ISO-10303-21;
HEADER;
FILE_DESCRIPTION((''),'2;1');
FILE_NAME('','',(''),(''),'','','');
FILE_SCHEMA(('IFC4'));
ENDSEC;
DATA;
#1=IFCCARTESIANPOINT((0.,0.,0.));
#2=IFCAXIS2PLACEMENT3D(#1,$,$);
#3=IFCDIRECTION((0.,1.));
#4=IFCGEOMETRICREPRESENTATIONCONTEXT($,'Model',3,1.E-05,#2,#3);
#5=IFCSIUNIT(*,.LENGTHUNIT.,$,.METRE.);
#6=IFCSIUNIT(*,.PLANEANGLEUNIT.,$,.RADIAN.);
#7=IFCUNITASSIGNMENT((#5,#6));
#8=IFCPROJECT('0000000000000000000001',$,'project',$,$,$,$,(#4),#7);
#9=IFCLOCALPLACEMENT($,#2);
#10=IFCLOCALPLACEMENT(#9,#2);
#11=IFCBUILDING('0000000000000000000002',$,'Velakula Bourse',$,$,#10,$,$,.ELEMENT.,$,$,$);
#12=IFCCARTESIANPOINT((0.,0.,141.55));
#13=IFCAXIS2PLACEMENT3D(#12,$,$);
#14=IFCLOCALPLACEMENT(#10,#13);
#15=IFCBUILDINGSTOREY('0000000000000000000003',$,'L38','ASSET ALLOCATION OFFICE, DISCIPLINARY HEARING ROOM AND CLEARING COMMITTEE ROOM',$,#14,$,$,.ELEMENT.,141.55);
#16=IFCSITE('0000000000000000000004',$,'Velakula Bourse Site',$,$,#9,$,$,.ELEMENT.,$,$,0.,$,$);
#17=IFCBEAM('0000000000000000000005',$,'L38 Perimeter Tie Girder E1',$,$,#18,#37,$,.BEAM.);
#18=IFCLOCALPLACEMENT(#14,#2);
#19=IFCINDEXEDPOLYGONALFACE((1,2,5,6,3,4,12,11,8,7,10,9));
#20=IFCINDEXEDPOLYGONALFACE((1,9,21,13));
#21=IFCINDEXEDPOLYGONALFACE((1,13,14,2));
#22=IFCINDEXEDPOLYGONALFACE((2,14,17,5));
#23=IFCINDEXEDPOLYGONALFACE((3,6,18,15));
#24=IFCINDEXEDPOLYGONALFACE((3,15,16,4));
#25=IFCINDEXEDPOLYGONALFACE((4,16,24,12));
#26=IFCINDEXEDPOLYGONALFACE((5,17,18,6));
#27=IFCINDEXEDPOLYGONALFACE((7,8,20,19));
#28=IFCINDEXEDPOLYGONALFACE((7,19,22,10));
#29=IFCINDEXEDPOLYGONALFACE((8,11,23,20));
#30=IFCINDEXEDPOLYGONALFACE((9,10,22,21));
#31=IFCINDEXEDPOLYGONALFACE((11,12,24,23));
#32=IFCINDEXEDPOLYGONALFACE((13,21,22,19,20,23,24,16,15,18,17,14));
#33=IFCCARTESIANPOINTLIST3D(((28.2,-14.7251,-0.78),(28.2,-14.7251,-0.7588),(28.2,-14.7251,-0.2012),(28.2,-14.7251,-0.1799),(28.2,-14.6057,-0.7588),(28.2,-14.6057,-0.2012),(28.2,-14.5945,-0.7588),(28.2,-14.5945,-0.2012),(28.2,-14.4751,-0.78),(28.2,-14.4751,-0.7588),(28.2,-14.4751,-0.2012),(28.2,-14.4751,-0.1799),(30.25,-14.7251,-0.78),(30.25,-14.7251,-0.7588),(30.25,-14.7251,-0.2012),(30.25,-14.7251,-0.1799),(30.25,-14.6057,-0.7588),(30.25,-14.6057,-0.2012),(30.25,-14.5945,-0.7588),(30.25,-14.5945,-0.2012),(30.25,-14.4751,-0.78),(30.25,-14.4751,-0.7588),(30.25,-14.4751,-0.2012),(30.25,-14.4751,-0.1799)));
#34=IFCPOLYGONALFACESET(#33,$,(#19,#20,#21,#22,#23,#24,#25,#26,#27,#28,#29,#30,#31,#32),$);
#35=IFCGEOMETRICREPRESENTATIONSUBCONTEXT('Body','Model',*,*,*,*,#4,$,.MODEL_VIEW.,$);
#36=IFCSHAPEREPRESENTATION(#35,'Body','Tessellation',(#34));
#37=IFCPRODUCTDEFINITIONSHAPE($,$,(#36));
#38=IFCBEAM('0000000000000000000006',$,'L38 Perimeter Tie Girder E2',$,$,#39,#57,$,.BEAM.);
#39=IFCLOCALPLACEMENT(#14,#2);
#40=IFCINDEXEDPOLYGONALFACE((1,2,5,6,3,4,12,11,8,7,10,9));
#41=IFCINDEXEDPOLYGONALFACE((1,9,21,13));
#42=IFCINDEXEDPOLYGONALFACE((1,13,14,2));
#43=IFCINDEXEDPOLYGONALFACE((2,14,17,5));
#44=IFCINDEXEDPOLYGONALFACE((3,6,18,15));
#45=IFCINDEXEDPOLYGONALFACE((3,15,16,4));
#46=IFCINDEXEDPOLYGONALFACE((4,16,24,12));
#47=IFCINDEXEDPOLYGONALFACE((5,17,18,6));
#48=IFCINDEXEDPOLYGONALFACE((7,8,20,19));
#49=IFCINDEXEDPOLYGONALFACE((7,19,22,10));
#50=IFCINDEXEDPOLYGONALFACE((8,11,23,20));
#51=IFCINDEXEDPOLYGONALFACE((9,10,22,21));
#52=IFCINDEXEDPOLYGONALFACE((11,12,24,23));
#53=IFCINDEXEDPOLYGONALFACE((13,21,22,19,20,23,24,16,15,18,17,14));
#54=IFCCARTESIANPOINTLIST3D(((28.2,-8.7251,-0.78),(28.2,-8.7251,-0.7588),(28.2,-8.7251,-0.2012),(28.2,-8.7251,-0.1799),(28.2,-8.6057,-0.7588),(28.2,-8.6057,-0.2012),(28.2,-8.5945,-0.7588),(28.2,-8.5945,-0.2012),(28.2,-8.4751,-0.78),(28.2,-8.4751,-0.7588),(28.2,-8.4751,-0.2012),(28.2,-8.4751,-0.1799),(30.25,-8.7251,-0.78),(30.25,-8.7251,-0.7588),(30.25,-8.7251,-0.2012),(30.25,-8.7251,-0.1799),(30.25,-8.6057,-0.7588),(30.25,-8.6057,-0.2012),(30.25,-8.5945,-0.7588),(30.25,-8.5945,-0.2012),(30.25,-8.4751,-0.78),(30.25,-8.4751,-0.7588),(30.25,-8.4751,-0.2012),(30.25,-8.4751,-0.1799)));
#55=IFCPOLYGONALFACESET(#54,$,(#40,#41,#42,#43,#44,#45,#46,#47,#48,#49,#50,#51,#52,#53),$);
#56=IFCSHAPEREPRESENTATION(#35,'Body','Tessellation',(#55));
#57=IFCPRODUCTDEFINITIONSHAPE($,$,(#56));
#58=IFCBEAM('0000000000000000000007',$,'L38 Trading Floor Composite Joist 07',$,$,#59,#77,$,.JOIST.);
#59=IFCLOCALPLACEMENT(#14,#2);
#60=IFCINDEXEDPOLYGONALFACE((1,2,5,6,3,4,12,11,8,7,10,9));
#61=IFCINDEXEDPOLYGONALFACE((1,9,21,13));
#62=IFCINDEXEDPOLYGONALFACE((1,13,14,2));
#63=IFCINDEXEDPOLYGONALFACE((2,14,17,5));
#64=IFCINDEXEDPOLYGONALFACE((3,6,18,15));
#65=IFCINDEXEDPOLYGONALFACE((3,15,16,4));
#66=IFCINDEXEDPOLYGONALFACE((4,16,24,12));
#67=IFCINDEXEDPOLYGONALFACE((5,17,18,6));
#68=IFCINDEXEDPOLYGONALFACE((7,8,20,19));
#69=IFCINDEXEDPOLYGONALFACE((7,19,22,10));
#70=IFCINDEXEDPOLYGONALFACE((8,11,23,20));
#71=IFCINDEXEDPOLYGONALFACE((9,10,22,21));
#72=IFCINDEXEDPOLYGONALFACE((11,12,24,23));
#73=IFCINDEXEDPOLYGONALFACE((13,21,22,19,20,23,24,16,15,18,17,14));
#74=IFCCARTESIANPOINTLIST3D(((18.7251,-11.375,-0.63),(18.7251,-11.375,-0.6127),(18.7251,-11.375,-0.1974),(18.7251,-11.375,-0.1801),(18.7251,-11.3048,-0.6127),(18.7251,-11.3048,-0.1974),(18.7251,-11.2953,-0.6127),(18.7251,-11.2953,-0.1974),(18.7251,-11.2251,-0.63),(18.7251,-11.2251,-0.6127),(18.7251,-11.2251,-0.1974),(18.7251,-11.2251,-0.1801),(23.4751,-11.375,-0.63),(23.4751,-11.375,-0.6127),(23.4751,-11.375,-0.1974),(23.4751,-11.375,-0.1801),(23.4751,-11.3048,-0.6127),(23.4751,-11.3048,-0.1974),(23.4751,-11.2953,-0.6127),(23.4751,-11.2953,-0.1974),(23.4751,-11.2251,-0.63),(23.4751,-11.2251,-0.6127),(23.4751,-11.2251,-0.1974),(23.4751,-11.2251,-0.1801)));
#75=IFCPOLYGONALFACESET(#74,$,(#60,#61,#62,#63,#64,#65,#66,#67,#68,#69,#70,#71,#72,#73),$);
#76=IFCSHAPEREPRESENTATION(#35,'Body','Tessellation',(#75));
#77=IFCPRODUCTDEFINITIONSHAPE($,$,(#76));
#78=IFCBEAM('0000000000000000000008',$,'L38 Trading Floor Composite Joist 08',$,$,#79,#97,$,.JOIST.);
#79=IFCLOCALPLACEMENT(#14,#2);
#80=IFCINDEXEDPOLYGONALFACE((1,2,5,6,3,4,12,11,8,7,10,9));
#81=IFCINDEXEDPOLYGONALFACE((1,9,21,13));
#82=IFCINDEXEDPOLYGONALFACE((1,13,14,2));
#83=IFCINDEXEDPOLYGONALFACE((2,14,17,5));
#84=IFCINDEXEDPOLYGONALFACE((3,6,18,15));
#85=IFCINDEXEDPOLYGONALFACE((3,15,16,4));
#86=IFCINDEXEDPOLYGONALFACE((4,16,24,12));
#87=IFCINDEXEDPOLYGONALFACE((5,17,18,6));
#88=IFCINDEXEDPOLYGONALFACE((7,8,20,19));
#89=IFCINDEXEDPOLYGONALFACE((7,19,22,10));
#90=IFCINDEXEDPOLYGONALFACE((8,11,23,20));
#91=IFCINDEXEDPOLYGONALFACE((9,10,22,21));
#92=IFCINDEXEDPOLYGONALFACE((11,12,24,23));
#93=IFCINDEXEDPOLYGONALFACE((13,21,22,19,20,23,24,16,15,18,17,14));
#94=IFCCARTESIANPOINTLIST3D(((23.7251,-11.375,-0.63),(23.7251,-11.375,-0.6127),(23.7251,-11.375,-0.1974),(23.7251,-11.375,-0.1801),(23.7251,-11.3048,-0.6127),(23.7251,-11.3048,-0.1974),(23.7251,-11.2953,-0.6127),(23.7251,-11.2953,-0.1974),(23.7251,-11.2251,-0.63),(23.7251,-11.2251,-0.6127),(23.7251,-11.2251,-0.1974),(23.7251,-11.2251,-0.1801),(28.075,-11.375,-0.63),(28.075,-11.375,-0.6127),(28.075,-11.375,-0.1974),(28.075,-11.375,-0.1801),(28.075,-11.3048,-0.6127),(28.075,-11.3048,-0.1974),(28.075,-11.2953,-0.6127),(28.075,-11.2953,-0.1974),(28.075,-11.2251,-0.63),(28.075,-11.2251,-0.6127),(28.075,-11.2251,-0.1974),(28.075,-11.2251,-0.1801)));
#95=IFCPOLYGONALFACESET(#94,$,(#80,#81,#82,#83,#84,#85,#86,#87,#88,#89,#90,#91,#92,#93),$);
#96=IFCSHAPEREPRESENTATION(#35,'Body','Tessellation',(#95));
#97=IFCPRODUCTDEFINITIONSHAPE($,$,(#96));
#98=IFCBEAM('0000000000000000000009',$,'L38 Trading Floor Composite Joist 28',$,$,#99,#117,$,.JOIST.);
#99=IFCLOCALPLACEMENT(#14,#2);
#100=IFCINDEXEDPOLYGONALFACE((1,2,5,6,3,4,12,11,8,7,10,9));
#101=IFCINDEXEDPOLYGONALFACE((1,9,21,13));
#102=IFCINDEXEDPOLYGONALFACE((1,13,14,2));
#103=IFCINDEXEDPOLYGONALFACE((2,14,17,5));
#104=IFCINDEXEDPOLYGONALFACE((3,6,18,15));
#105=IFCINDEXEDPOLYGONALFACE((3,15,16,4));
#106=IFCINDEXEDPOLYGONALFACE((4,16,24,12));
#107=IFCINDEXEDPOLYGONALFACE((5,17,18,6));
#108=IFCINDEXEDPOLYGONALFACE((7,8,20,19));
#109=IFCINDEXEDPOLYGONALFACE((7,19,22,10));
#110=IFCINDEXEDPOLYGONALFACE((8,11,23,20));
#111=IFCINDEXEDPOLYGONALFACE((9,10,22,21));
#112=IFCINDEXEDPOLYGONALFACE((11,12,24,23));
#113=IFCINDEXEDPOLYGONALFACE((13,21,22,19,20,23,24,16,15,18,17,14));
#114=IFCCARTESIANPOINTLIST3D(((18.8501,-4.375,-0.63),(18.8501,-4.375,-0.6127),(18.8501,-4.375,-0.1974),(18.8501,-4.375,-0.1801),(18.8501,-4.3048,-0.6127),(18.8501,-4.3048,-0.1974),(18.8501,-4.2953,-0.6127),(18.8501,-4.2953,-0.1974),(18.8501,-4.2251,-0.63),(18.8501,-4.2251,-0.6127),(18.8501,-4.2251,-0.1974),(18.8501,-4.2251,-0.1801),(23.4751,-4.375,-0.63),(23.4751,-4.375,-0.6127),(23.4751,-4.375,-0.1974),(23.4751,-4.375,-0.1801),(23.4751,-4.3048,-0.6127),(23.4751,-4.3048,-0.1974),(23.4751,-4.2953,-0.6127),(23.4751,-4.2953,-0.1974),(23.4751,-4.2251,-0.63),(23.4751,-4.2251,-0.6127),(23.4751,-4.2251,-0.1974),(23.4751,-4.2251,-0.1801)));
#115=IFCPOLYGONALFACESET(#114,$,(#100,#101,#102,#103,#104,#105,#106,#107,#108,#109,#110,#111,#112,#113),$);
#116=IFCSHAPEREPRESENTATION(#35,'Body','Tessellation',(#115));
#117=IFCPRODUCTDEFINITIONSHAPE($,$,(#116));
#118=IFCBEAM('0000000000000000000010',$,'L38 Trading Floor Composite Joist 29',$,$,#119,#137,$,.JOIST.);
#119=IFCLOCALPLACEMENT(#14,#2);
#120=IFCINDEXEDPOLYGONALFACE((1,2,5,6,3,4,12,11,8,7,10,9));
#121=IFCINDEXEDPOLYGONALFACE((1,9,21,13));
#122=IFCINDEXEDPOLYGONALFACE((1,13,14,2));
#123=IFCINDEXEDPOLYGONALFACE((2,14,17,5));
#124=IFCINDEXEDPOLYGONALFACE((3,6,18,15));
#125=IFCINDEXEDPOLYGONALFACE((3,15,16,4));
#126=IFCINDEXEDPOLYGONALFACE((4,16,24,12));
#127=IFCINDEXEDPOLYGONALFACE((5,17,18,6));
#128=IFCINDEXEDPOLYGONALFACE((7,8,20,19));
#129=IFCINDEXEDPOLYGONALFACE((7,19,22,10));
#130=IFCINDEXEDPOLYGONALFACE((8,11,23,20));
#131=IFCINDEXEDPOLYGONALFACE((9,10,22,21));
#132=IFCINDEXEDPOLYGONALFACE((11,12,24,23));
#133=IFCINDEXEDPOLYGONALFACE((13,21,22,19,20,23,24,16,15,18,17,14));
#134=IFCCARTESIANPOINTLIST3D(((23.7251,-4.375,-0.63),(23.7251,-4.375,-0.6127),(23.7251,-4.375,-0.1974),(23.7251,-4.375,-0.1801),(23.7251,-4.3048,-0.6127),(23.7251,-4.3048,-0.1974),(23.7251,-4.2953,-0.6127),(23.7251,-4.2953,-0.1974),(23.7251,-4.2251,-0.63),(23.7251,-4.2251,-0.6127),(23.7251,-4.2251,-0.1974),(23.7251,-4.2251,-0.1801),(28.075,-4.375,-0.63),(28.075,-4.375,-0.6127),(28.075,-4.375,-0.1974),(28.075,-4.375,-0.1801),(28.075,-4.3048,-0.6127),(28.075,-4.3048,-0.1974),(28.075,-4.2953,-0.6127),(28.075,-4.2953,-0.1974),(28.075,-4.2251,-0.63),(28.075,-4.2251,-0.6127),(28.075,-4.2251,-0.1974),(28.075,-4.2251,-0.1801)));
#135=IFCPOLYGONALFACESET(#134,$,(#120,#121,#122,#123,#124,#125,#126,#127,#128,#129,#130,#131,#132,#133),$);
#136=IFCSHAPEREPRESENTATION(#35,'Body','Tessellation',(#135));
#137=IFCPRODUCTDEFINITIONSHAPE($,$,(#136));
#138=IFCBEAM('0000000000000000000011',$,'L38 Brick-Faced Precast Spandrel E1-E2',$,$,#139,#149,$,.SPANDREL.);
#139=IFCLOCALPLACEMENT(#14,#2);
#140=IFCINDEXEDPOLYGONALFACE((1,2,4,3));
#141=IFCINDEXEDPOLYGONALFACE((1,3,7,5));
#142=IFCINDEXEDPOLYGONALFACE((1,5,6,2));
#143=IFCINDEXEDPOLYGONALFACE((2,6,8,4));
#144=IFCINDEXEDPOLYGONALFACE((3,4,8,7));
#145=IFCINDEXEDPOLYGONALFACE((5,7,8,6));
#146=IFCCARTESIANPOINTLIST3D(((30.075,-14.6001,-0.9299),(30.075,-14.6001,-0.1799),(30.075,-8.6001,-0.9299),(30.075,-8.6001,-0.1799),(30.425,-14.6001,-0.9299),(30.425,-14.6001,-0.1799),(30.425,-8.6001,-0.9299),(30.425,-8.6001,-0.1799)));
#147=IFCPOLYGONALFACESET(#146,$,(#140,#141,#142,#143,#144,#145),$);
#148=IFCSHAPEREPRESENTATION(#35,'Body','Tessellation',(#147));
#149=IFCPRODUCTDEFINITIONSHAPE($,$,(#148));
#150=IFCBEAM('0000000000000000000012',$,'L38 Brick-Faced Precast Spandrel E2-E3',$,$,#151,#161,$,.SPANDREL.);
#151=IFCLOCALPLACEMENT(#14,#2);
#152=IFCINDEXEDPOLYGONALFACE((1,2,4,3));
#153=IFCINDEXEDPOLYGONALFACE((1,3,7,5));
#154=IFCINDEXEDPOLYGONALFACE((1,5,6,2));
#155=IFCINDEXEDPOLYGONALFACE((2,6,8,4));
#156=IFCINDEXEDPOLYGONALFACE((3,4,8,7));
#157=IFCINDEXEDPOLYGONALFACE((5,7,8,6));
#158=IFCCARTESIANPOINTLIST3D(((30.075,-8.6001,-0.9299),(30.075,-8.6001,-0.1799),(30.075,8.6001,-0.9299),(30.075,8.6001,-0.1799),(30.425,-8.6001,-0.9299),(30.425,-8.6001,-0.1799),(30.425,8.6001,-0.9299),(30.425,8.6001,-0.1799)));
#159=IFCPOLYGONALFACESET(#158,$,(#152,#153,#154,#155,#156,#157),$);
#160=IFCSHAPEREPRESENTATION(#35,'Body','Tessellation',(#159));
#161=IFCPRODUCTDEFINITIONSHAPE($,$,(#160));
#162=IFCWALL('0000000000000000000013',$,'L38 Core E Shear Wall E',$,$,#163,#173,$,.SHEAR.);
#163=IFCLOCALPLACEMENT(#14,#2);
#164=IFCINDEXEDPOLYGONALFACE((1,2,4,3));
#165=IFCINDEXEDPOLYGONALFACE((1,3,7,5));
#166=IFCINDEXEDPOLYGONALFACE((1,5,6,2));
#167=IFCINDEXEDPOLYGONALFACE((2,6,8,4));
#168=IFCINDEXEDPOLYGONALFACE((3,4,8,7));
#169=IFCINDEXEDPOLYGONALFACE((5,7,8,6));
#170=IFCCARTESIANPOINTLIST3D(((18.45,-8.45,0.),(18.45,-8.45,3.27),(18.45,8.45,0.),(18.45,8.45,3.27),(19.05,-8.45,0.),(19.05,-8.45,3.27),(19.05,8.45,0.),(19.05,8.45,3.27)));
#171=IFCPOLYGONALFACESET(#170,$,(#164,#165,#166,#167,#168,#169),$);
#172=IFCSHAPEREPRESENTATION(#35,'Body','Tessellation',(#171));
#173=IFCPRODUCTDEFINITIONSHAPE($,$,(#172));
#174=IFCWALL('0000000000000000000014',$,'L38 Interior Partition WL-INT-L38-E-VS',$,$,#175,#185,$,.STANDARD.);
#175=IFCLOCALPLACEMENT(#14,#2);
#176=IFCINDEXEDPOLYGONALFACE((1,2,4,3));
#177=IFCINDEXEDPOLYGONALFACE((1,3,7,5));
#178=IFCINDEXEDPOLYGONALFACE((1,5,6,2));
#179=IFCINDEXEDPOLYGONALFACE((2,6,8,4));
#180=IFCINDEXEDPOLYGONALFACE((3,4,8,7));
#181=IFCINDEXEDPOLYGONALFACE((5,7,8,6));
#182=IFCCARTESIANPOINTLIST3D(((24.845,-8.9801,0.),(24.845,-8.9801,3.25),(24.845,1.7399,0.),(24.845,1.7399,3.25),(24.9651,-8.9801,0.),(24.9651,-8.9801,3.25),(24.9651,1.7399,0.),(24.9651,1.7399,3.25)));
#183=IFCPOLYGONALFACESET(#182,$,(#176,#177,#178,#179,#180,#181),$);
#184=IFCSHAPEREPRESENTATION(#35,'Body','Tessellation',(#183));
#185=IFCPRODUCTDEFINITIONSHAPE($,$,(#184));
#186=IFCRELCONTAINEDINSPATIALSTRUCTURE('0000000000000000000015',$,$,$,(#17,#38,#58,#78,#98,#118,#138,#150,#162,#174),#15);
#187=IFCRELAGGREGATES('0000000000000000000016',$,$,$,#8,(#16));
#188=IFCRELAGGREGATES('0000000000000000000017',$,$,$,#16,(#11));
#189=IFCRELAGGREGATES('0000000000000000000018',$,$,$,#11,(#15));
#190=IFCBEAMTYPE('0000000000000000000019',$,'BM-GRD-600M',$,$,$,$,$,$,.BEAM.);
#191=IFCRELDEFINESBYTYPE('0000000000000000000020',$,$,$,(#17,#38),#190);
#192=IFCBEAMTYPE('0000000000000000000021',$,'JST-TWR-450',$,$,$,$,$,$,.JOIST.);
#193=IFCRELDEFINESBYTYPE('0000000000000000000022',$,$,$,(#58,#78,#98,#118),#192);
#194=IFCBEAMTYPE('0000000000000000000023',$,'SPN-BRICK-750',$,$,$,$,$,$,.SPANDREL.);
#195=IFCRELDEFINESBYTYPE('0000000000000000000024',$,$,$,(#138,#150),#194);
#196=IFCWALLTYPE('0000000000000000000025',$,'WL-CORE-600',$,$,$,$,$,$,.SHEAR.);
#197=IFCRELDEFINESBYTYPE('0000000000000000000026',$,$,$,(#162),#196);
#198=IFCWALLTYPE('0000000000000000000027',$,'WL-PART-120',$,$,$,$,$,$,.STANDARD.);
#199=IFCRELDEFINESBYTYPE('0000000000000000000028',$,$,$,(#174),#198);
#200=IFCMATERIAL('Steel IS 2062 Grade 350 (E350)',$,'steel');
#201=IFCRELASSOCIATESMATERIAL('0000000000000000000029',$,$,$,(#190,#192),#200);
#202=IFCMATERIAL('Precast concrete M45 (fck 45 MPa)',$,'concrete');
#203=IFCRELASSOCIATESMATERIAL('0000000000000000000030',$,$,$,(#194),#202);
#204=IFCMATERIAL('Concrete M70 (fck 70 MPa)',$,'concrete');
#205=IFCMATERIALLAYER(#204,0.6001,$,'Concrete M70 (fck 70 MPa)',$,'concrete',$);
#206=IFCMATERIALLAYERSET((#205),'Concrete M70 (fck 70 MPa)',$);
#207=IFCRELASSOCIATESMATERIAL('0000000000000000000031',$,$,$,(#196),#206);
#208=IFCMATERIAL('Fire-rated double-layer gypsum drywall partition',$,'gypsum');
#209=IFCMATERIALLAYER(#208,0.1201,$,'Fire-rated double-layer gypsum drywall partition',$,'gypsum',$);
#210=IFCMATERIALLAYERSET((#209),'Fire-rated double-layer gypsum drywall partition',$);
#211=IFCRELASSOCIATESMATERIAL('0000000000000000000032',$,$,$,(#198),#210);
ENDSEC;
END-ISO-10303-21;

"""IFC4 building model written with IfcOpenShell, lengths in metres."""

from ifc_helpers import new_model, si_unit, direction, frame, frame_2d, origin, origin_2d, place, context, subcontext, project, spatial, rectangle, i_section, extrude, material, layer, layer_set, material_profile, profile_set, type_object, element, save


model = new_model("IFC4")

# Units and contexts
model_context = context("Model", 3, precision=1e-05, world=origin(), true_north=direction((0.0, 1.0)))
body_context = subcontext(model_context, "Body", "Model", "MODEL_VIEW")
ifc_project = project(units=[si_unit("LENGTHUNIT", "METRE"), si_unit("PLANEANGLEUNIT", "RADIAN")], contexts=[model_context])

# Site, building, storey
site_placement = place(None, origin())
site = spatial("IfcSite", under=ifc_project, at=site_placement, Name="Velakula Bourse Site", CompositionType="ELEMENT", RefElevation=0.0)
building_placement = place(site_placement, origin())
building = spatial("IfcBuilding", under=site, at=building_placement, Name="Velakula Bourse", CompositionType="ELEMENT")
storey_placement = place(building_placement, frame((0.0, 0.0, 141.55)))
storey = spatial("IfcBuildingStorey", under=building, at=storey_placement, Name="L38", Description="ASSET ALLOCATION OFFICE, DISCIPLINARY HEARING ROOM AND CLEARING COMMITTEE ROOM", CompositionType="ELEMENT", Elevation=141.55)

# Shared definitions
ifc_material_1 = material(Name="Concrete M70 (fck 70 MPa)", Category="concrete")
ifc_material_2 = material(Name="Steel IS 2062 Grade 350 (E350)", Category="steel")

# Beams
ifc_material_profile_1 = material_profile(ifc_material_2, i_section(OverallWidth=0.25, OverallDepth=0.6001, WebThickness=0.0112, FlangeThickness=0.0212, at=origin_2d()), Name="Steel IS 2062 Grade 350 (E350)")
ifc_profile_set_1 = profile_set([ifc_material_profile_1], Name="Steel IS 2062 Grade 350 (E350)")
beam_type_1 = type_object("IfcBeamType", Name="BM-GRD-600M", PredefinedType="BEAM", material=ifc_profile_set_1)
for number, where, z_axis, x_axis, name in (
    (1, (28.2, -14.6001, -0.48), (1.0, 0.0, 0.0), (0.0, 1.0, 0.0), "L38 Perimeter Tie Girder E1"),
    (2, (28.2, -8.6001, -0.48), (1.0, 0.0, 0.0), (0.0, 1.0, 0.0), "L38 Perimeter Tie Girder E2"),
):
    element("IfcBeam", number, at=place(storey_placement, frame(where, z_axis=z_axis, x_axis=x_axis)), inside=storey, type_object=beam_type_1, Name=name, PredefinedType="BEAM", context=body_context, shape_type="SweptSolid", body=[
        extrude(i_section(OverallWidth=0.25, OverallDepth=0.6001, WebThickness=0.0112, FlangeThickness=0.0212, at=origin_2d()), origin(), (0.0, 0.0, 1.0), 2.05),
    ])
ifc_material_profile_2 = material_profile(ifc_material_2, i_section(OverallWidth=0.1499, OverallDepth=0.45, WebThickness=0.0095, FlangeThickness=0.0173, at=origin_2d()), Name="Steel IS 2062 Grade 350 (E350)")
ifc_profile_set_2 = profile_set([ifc_material_profile_2], Name="Steel IS 2062 Grade 350 (E350)")
beam_type_2 = type_object("IfcBeamType", Name="JST-TWR-450", PredefinedType="JOIST", material=ifc_profile_set_2)
beam_1_placement = place(storey_placement, frame((18.7251, -11.3, -0.405), z_axis=(1.0, 0.0, 0.0), x_axis=(0.0, 1.0, 0.0)))
element("IfcBeam", 3, at=beam_1_placement, inside=storey, type_object=beam_type_2, Name="L38 Trading Floor Composite Joist 07", PredefinedType="JOIST", context=body_context, shape_type="SweptSolid", body=[
    extrude(i_section(OverallWidth=0.1499, OverallDepth=0.45, WebThickness=0.0095, FlangeThickness=0.0173, at=origin_2d()), origin(), (0.0, 0.0, 1.0), 4.75),
])
beam_2_placement = place(storey_placement, frame((23.7251, -11.3, -0.405), z_axis=(1.0, 0.0, 0.0), x_axis=(0.0, 1.0, 0.0)))
element("IfcBeam", 4, at=beam_2_placement, inside=storey, type_object=beam_type_2, Name="L38 Trading Floor Composite Joist 08", PredefinedType="JOIST", context=body_context, shape_type="SweptSolid", body=[
    extrude(i_section(OverallWidth=0.1499, OverallDepth=0.45, WebThickness=0.0095, FlangeThickness=0.0173, at=origin_2d()), origin(), (0.0, 0.0, 1.0), 4.3499),
])
beam_3_placement = place(storey_placement, frame((18.8501, -4.3, -0.405), z_axis=(1.0, 0.0, 0.0), x_axis=(0.0, 1.0, 0.0)))
element("IfcBeam", 5, at=beam_3_placement, inside=storey, type_object=beam_type_2, Name="L38 Trading Floor Composite Joist 28", PredefinedType="JOIST", context=body_context, shape_type="SweptSolid", body=[
    extrude(i_section(OverallWidth=0.1499, OverallDepth=0.45, WebThickness=0.0095, FlangeThickness=0.0173, at=origin_2d()), origin(), (0.0, 0.0, 1.0), 4.625),
])
beam_4_placement = place(storey_placement, frame((23.7251, -4.3, -0.405), z_axis=(1.0, 0.0, 0.0), x_axis=(0.0, 1.0, 0.0)))
element("IfcBeam", 6, at=beam_4_placement, inside=storey, type_object=beam_type_2, Name="L38 Trading Floor Composite Joist 29", PredefinedType="JOIST", context=body_context, shape_type="SweptSolid", body=[
    extrude(i_section(OverallWidth=0.1499, OverallDepth=0.45, WebThickness=0.0095, FlangeThickness=0.0173, at=origin_2d()), origin(), (0.0, 0.0, 1.0), 4.3499),
])
ifc_material_3 = material(Name="Precast concrete M45 (fck 45 MPa)", Category="concrete")
ifc_material_profile_3 = material_profile(ifc_material_3, rectangle(XDim=0.3501, YDim=0.75, at=origin_2d()), Name="Precast concrete M45 (fck 45 MPa)")
ifc_profile_set_3 = profile_set([ifc_material_profile_3], Name="Precast concrete M45 (fck 45 MPa)")
beam_type_3 = type_object("IfcBeamType", Name="SPN-BRICK-750", PredefinedType="SPANDREL", material=ifc_profile_set_3)
beam_5_placement = place(storey_placement, frame((30.25, -14.6001, -0.5549), z_axis=(0.0, 1.0, 0.0), x_axis=(-1.0, 0.0, 0.0)))
element("IfcBeam", 7, at=beam_5_placement, inside=storey, type_object=beam_type_3, Name="L38 Brick-Faced Precast Spandrel E1-E2", PredefinedType="SPANDREL", context=body_context, shape_type="SweptSolid", body=[
    extrude(rectangle(XDim=0.3501, YDim=0.75, at=origin_2d()), origin(), (0.0, 0.0, 1.0), 6.0),
])
beam_6_placement = place(storey_placement, frame((30.25, -8.6001, -0.5549), z_axis=(0.0, 1.0, 0.0), x_axis=(-1.0, 0.0, 0.0)))
element("IfcBeam", 8, at=beam_6_placement, inside=storey, type_object=beam_type_3, Name="L38 Brick-Faced Precast Spandrel E2-E3", PredefinedType="SPANDREL", context=body_context, shape_type="SweptSolid", body=[
    extrude(rectangle(XDim=0.3501, YDim=0.75, at=origin_2d()), origin(), (0.0, 0.0, 1.0), 17.2002),
])

# Walls
ifc_layer_1 = layer(ifc_material_1, 0.6001, Name="Concrete M70 (fck 70 MPa)", Category="concrete")
ifc_layer_set_1 = layer_set([ifc_layer_1], Name="Concrete M70 (fck 70 MPa)")
wall_type_1 = type_object("IfcWallType", Name="WL-CORE-600", PredefinedType="SHEAR", material=ifc_layer_set_1)
wall_1_placement = place(storey_placement, frame((18.75, -8.45, 0.0), z_axis=(0.0, 0.0, 1.0), x_axis=(0.0, 1.0, 0.0)))
element("IfcWall", 9, at=wall_1_placement, inside=storey, type_object=wall_type_1, Name="L38 Core E Shear Wall E", PredefinedType="SHEAR", context=body_context, shape_type="SweptSolid", body=[
    extrude(rectangle(XDim=16.8999, YDim=0.6001, at=frame_2d((8.45, 0.0))), origin(), (0.0, 0.0, 1.0), 3.27),
])
ifc_material_4 = material(Name="Fire-rated double-layer gypsum drywall partition", Category="gypsum")
ifc_layer_2 = layer(ifc_material_4, 0.1201, Name="Fire-rated double-layer gypsum drywall partition", Category="gypsum")
ifc_layer_set_2 = layer_set([ifc_layer_2], Name="Fire-rated double-layer gypsum drywall partition")
wall_type_2 = type_object("IfcWallType", Name="WL-PART-120", PredefinedType="STANDARD", material=ifc_layer_set_2)
wall_2_placement = place(storey_placement, frame((24.905, -8.98, 0.0), z_axis=(0.0, 0.0, 1.0), x_axis=(0.0, 1.0, 0.0)))
element("IfcWall", 10, at=wall_2_placement, inside=storey, type_object=wall_type_2, Name="L38 Interior Partition WL-INT-L38-E-VS", PredefinedType="STANDARD", context=body_context, shape_type="SweptSolid", body=[
    extrude(rectangle(XDim=10.72, YDim=0.1201, at=frame_2d((5.3599, 0.0))), origin(), (0.0, 0.0, 1.0), 3.25),
])

save(model, "model.ifc")
